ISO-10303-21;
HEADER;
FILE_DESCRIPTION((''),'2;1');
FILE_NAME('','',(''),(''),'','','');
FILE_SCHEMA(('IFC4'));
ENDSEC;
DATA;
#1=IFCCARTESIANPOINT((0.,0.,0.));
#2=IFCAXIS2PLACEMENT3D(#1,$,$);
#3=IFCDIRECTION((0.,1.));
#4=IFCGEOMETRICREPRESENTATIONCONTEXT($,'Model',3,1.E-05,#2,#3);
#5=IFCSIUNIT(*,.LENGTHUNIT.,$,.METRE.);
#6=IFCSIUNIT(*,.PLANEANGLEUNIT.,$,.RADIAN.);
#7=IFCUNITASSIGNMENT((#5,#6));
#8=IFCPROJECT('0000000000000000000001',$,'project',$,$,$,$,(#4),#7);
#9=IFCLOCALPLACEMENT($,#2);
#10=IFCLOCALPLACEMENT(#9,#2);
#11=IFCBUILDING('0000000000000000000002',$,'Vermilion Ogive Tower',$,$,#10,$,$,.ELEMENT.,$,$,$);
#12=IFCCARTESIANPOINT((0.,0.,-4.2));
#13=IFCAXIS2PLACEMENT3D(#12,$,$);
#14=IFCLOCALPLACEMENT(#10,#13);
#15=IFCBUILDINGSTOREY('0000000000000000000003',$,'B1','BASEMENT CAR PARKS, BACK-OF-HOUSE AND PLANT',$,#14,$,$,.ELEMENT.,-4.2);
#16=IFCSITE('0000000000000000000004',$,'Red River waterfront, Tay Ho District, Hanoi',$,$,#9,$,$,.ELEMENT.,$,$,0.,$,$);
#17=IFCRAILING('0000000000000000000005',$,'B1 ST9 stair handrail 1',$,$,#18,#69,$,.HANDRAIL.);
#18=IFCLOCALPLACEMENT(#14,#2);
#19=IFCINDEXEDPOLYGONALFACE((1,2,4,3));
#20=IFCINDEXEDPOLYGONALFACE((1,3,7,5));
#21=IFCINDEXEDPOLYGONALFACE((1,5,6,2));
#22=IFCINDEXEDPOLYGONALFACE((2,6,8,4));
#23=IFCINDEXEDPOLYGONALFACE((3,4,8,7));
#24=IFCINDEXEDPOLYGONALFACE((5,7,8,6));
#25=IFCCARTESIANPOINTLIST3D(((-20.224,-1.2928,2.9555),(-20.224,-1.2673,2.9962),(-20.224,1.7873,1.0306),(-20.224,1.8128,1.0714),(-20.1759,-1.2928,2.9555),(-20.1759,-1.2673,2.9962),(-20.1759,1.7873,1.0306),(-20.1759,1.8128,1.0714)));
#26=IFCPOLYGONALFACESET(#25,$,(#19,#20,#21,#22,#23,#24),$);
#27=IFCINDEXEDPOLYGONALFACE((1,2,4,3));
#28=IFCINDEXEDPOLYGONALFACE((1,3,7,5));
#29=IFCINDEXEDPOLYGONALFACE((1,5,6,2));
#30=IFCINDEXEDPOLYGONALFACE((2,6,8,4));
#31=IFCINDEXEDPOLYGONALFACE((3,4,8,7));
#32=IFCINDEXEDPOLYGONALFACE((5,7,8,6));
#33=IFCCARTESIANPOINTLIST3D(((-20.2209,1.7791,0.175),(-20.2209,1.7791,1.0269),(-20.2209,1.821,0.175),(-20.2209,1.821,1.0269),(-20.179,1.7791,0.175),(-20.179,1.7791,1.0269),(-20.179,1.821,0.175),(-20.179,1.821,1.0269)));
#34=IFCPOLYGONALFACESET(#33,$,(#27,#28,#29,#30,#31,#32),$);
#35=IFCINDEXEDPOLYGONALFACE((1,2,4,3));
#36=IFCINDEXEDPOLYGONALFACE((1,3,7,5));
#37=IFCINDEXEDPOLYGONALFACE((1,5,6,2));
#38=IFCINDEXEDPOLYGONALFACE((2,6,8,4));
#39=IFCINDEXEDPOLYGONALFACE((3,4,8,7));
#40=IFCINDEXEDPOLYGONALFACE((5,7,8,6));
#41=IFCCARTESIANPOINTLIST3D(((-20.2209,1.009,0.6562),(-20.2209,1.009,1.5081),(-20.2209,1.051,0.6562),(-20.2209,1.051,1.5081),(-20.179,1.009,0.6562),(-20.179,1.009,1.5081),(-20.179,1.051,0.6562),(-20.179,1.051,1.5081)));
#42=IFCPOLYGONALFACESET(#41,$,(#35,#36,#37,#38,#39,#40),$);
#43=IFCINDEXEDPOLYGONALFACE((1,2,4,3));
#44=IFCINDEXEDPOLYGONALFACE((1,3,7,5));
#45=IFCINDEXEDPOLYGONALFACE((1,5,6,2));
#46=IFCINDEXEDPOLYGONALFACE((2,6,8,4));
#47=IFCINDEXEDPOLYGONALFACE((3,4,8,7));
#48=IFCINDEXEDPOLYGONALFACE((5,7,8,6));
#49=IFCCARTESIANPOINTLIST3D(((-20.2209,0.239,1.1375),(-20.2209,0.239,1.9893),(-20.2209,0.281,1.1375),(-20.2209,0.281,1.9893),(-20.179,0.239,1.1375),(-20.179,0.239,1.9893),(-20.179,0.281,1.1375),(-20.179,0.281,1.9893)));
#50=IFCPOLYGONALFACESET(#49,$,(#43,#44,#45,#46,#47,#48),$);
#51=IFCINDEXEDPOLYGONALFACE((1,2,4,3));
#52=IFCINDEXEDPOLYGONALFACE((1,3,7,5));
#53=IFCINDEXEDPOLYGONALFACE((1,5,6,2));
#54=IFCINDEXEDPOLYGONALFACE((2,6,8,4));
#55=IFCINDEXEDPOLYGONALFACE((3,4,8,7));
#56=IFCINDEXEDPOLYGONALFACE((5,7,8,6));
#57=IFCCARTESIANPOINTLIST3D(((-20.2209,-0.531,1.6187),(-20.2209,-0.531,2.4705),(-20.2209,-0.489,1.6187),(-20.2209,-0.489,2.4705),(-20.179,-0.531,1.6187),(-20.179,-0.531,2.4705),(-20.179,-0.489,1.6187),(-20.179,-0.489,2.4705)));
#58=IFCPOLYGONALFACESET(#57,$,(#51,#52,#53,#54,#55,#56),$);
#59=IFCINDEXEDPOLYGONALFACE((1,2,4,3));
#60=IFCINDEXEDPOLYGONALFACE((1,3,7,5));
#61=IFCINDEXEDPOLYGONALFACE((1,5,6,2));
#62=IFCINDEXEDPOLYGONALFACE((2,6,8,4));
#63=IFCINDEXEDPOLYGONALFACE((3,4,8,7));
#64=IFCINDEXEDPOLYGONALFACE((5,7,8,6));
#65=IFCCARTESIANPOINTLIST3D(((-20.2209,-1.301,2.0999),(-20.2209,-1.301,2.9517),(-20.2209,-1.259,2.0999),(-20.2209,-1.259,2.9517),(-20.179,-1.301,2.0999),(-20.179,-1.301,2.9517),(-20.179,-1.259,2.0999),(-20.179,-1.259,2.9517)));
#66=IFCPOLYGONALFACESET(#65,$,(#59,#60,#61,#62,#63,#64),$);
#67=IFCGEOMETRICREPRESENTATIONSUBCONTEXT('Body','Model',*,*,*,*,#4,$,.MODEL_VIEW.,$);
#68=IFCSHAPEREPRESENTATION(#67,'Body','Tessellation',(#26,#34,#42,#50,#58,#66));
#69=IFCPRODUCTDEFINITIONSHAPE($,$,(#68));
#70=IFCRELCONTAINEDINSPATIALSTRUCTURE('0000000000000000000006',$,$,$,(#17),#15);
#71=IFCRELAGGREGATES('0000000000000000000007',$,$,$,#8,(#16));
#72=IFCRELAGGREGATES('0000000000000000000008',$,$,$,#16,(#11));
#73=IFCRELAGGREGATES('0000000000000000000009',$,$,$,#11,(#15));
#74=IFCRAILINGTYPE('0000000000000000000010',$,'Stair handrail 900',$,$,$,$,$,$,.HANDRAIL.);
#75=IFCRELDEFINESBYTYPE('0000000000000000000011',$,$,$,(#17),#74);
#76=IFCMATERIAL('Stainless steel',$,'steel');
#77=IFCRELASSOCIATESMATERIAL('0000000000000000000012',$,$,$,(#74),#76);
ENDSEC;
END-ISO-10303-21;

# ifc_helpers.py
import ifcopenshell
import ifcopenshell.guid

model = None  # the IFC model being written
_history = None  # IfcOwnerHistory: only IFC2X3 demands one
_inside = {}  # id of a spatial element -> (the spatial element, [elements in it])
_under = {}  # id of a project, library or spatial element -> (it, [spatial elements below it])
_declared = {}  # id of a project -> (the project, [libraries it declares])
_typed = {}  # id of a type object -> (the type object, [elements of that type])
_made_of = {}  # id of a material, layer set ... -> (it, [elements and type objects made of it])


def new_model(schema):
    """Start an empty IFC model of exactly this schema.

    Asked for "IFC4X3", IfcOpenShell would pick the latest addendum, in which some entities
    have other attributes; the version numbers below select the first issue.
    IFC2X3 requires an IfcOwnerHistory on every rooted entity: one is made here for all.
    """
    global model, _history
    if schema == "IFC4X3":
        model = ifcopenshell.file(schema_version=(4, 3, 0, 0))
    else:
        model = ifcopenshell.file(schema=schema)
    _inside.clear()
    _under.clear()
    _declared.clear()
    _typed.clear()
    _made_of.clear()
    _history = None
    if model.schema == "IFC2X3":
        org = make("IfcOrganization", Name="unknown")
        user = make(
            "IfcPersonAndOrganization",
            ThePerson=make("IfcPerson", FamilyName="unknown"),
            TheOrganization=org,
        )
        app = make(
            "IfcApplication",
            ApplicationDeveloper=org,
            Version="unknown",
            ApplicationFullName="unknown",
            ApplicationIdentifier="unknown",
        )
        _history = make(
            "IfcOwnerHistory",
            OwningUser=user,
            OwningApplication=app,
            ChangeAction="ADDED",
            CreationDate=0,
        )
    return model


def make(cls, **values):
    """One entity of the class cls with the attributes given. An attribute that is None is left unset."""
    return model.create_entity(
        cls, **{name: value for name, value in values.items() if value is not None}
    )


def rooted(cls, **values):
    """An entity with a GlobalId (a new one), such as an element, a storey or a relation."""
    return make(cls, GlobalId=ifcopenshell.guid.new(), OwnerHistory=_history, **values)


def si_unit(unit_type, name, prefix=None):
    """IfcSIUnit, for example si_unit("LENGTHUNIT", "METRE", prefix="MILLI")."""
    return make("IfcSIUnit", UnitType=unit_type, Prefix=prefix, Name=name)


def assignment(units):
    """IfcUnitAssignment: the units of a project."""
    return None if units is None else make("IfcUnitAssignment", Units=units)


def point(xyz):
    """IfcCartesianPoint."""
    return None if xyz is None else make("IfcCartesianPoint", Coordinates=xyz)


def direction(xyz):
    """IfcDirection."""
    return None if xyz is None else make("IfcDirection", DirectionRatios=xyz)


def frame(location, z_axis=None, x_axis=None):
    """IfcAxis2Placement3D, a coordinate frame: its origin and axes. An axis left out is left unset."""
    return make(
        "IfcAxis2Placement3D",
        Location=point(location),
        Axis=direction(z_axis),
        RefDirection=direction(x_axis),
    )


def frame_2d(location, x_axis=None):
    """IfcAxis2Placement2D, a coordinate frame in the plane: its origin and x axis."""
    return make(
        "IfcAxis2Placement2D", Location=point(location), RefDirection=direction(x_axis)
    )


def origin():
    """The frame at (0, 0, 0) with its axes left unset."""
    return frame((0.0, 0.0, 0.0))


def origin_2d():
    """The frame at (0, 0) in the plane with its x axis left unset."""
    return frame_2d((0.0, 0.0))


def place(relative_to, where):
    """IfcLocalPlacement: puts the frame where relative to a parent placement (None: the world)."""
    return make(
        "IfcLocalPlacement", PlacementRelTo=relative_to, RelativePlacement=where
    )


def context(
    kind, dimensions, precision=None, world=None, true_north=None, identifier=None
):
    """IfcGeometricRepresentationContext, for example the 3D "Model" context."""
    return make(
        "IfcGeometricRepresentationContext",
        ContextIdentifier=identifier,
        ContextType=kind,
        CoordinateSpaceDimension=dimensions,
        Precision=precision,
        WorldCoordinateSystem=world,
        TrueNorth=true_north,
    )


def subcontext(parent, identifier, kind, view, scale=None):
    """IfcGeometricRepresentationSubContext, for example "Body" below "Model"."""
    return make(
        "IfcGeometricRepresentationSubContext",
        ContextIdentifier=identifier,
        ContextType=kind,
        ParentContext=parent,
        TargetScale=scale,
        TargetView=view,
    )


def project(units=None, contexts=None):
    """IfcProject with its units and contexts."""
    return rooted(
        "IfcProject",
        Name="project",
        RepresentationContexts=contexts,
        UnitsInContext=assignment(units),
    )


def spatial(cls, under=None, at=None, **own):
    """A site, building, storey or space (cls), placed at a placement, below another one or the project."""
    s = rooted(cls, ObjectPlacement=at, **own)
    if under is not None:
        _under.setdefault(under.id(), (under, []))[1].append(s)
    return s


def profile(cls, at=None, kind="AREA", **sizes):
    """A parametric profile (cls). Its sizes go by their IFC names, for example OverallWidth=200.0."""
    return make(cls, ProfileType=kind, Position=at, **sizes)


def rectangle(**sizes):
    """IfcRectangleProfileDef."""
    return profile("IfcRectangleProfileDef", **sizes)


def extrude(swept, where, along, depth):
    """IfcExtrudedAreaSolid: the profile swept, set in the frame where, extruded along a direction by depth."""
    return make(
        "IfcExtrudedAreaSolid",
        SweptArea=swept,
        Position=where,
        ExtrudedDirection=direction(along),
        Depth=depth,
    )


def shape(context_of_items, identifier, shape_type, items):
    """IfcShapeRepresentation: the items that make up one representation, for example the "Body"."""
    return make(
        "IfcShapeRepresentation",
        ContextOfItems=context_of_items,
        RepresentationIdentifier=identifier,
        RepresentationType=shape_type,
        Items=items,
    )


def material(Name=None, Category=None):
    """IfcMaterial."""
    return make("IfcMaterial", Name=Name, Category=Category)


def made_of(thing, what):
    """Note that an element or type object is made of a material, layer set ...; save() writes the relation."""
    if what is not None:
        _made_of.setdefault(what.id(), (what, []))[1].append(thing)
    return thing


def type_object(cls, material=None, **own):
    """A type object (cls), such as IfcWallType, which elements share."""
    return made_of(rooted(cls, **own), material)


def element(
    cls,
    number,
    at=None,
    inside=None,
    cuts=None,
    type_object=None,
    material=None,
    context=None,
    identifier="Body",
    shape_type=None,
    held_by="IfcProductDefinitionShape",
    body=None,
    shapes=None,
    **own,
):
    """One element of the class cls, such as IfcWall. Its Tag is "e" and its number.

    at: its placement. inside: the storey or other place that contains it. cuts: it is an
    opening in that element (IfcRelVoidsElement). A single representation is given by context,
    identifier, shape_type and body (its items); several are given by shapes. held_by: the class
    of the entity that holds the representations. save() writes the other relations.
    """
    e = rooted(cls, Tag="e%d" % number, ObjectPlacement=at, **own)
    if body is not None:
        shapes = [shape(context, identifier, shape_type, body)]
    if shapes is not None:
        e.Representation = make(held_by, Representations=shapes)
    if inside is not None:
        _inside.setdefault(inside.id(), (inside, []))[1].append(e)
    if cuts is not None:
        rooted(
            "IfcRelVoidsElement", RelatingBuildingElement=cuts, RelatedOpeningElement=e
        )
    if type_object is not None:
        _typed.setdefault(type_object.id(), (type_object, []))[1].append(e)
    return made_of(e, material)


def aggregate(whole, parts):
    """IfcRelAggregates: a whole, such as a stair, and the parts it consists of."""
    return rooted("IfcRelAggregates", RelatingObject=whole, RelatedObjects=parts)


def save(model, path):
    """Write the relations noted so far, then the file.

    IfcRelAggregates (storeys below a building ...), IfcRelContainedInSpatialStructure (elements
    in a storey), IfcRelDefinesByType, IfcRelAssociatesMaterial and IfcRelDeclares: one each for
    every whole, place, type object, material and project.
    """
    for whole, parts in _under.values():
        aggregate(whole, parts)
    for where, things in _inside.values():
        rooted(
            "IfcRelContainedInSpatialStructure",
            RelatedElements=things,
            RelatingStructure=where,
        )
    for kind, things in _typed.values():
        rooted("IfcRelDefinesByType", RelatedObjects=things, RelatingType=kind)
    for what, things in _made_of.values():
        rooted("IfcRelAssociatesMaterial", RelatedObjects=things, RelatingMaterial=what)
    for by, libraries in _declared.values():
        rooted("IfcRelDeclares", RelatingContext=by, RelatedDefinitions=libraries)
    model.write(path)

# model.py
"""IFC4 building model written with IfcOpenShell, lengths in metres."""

from ifc_helpers import new_model, si_unit, direction, frame, origin, origin_2d, place, context, subcontext, project, spatial, rectangle, extrude, material, type_object, element, save


model = new_model("IFC4")

# Units and contexts
model_context = context("Model", 3, precision=1e-05, world=origin(), true_north=direction((0.0, 1.0)))
body_context = subcontext(model_context, "Body", "Model", "MODEL_VIEW")
ifc_project = project(units=[si_unit("LENGTHUNIT", "METRE"), si_unit("PLANEANGLEUNIT", "RADIAN")], contexts=[model_context])

# Site, building, storey
site_placement = place(None, origin())
site = spatial("IfcSite", under=ifc_project, at=site_placement, Name="Red River waterfront, Tay Ho District, Hanoi", CompositionType="ELEMENT", RefElevation=0.0)
building_placement = place(site_placement, origin())
building = spatial("IfcBuilding", under=site, at=building_placement, Name="Vermilion Ogive Tower", CompositionType="ELEMENT")
storey_placement = place(building_placement, frame((0.0, 0.0, -4.2)))
storey = spatial("IfcBuildingStorey", under=building, at=storey_placement, Name="B1", Description="BASEMENT CAR PARKS, BACK-OF-HOUSE AND PLANT", CompositionType="ELEMENT", Elevation=-4.2)

# Railing
ifc_material_1 = material(Name="Stainless steel", Category="steel")
railing_type_1 = type_object("IfcRailingType", Name="Stair handrail 900", PredefinedType="HANDRAIL", material=ifc_material_1)
railing_1_placement = place(storey_placement, frame((-20.2, 1.8, 0.175)))
element("IfcRailing", 1, at=railing_1_placement, inside=storey, type_object=railing_type_1, Name="B1 ST9 stair handrail 1", PredefinedType="HANDRAIL", context=body_context, shape_type="SweptSolid", body=[
    extrude(rectangle(XDim=0.0481, YDim=0.0481, at=origin_2d()), frame((0.0, 0.0, 0.876), z_axis=(0.0, -0.848029, 0.529951), x_axis=(1.0, 0.0, 0.0)), (0.0, 0.0, 1.0), 3.6321),
    extrude(rectangle(XDim=0.042, YDim=0.042, at=origin_2d()), origin(), (0.0, 0.0, 1.0), 0.8518),
    extrude(rectangle(XDim=0.042, YDim=0.042, at=origin_2d()), frame((0.0, -0.77, 0.4812)), (0.0, 0.0, 1.0), 0.8518),
    extrude(rectangle(XDim=0.042, YDim=0.042, at=origin_2d()), frame((0.0, -1.54, 0.9624)), (0.0, 0.0, 1.0), 0.8518),
    extrude(rectangle(XDim=0.042, YDim=0.042, at=origin_2d()), frame((0.0, -2.3101, 1.4436)), (0.0, 0.0, 1.0), 0.8518),
    extrude(rectangle(XDim=0.042, YDim=0.042, at=origin_2d()), frame((0.0, -3.0801, 1.9248)), (0.0, 0.0, 1.0), 0.8518),
])

save(model, "model.ifc")
